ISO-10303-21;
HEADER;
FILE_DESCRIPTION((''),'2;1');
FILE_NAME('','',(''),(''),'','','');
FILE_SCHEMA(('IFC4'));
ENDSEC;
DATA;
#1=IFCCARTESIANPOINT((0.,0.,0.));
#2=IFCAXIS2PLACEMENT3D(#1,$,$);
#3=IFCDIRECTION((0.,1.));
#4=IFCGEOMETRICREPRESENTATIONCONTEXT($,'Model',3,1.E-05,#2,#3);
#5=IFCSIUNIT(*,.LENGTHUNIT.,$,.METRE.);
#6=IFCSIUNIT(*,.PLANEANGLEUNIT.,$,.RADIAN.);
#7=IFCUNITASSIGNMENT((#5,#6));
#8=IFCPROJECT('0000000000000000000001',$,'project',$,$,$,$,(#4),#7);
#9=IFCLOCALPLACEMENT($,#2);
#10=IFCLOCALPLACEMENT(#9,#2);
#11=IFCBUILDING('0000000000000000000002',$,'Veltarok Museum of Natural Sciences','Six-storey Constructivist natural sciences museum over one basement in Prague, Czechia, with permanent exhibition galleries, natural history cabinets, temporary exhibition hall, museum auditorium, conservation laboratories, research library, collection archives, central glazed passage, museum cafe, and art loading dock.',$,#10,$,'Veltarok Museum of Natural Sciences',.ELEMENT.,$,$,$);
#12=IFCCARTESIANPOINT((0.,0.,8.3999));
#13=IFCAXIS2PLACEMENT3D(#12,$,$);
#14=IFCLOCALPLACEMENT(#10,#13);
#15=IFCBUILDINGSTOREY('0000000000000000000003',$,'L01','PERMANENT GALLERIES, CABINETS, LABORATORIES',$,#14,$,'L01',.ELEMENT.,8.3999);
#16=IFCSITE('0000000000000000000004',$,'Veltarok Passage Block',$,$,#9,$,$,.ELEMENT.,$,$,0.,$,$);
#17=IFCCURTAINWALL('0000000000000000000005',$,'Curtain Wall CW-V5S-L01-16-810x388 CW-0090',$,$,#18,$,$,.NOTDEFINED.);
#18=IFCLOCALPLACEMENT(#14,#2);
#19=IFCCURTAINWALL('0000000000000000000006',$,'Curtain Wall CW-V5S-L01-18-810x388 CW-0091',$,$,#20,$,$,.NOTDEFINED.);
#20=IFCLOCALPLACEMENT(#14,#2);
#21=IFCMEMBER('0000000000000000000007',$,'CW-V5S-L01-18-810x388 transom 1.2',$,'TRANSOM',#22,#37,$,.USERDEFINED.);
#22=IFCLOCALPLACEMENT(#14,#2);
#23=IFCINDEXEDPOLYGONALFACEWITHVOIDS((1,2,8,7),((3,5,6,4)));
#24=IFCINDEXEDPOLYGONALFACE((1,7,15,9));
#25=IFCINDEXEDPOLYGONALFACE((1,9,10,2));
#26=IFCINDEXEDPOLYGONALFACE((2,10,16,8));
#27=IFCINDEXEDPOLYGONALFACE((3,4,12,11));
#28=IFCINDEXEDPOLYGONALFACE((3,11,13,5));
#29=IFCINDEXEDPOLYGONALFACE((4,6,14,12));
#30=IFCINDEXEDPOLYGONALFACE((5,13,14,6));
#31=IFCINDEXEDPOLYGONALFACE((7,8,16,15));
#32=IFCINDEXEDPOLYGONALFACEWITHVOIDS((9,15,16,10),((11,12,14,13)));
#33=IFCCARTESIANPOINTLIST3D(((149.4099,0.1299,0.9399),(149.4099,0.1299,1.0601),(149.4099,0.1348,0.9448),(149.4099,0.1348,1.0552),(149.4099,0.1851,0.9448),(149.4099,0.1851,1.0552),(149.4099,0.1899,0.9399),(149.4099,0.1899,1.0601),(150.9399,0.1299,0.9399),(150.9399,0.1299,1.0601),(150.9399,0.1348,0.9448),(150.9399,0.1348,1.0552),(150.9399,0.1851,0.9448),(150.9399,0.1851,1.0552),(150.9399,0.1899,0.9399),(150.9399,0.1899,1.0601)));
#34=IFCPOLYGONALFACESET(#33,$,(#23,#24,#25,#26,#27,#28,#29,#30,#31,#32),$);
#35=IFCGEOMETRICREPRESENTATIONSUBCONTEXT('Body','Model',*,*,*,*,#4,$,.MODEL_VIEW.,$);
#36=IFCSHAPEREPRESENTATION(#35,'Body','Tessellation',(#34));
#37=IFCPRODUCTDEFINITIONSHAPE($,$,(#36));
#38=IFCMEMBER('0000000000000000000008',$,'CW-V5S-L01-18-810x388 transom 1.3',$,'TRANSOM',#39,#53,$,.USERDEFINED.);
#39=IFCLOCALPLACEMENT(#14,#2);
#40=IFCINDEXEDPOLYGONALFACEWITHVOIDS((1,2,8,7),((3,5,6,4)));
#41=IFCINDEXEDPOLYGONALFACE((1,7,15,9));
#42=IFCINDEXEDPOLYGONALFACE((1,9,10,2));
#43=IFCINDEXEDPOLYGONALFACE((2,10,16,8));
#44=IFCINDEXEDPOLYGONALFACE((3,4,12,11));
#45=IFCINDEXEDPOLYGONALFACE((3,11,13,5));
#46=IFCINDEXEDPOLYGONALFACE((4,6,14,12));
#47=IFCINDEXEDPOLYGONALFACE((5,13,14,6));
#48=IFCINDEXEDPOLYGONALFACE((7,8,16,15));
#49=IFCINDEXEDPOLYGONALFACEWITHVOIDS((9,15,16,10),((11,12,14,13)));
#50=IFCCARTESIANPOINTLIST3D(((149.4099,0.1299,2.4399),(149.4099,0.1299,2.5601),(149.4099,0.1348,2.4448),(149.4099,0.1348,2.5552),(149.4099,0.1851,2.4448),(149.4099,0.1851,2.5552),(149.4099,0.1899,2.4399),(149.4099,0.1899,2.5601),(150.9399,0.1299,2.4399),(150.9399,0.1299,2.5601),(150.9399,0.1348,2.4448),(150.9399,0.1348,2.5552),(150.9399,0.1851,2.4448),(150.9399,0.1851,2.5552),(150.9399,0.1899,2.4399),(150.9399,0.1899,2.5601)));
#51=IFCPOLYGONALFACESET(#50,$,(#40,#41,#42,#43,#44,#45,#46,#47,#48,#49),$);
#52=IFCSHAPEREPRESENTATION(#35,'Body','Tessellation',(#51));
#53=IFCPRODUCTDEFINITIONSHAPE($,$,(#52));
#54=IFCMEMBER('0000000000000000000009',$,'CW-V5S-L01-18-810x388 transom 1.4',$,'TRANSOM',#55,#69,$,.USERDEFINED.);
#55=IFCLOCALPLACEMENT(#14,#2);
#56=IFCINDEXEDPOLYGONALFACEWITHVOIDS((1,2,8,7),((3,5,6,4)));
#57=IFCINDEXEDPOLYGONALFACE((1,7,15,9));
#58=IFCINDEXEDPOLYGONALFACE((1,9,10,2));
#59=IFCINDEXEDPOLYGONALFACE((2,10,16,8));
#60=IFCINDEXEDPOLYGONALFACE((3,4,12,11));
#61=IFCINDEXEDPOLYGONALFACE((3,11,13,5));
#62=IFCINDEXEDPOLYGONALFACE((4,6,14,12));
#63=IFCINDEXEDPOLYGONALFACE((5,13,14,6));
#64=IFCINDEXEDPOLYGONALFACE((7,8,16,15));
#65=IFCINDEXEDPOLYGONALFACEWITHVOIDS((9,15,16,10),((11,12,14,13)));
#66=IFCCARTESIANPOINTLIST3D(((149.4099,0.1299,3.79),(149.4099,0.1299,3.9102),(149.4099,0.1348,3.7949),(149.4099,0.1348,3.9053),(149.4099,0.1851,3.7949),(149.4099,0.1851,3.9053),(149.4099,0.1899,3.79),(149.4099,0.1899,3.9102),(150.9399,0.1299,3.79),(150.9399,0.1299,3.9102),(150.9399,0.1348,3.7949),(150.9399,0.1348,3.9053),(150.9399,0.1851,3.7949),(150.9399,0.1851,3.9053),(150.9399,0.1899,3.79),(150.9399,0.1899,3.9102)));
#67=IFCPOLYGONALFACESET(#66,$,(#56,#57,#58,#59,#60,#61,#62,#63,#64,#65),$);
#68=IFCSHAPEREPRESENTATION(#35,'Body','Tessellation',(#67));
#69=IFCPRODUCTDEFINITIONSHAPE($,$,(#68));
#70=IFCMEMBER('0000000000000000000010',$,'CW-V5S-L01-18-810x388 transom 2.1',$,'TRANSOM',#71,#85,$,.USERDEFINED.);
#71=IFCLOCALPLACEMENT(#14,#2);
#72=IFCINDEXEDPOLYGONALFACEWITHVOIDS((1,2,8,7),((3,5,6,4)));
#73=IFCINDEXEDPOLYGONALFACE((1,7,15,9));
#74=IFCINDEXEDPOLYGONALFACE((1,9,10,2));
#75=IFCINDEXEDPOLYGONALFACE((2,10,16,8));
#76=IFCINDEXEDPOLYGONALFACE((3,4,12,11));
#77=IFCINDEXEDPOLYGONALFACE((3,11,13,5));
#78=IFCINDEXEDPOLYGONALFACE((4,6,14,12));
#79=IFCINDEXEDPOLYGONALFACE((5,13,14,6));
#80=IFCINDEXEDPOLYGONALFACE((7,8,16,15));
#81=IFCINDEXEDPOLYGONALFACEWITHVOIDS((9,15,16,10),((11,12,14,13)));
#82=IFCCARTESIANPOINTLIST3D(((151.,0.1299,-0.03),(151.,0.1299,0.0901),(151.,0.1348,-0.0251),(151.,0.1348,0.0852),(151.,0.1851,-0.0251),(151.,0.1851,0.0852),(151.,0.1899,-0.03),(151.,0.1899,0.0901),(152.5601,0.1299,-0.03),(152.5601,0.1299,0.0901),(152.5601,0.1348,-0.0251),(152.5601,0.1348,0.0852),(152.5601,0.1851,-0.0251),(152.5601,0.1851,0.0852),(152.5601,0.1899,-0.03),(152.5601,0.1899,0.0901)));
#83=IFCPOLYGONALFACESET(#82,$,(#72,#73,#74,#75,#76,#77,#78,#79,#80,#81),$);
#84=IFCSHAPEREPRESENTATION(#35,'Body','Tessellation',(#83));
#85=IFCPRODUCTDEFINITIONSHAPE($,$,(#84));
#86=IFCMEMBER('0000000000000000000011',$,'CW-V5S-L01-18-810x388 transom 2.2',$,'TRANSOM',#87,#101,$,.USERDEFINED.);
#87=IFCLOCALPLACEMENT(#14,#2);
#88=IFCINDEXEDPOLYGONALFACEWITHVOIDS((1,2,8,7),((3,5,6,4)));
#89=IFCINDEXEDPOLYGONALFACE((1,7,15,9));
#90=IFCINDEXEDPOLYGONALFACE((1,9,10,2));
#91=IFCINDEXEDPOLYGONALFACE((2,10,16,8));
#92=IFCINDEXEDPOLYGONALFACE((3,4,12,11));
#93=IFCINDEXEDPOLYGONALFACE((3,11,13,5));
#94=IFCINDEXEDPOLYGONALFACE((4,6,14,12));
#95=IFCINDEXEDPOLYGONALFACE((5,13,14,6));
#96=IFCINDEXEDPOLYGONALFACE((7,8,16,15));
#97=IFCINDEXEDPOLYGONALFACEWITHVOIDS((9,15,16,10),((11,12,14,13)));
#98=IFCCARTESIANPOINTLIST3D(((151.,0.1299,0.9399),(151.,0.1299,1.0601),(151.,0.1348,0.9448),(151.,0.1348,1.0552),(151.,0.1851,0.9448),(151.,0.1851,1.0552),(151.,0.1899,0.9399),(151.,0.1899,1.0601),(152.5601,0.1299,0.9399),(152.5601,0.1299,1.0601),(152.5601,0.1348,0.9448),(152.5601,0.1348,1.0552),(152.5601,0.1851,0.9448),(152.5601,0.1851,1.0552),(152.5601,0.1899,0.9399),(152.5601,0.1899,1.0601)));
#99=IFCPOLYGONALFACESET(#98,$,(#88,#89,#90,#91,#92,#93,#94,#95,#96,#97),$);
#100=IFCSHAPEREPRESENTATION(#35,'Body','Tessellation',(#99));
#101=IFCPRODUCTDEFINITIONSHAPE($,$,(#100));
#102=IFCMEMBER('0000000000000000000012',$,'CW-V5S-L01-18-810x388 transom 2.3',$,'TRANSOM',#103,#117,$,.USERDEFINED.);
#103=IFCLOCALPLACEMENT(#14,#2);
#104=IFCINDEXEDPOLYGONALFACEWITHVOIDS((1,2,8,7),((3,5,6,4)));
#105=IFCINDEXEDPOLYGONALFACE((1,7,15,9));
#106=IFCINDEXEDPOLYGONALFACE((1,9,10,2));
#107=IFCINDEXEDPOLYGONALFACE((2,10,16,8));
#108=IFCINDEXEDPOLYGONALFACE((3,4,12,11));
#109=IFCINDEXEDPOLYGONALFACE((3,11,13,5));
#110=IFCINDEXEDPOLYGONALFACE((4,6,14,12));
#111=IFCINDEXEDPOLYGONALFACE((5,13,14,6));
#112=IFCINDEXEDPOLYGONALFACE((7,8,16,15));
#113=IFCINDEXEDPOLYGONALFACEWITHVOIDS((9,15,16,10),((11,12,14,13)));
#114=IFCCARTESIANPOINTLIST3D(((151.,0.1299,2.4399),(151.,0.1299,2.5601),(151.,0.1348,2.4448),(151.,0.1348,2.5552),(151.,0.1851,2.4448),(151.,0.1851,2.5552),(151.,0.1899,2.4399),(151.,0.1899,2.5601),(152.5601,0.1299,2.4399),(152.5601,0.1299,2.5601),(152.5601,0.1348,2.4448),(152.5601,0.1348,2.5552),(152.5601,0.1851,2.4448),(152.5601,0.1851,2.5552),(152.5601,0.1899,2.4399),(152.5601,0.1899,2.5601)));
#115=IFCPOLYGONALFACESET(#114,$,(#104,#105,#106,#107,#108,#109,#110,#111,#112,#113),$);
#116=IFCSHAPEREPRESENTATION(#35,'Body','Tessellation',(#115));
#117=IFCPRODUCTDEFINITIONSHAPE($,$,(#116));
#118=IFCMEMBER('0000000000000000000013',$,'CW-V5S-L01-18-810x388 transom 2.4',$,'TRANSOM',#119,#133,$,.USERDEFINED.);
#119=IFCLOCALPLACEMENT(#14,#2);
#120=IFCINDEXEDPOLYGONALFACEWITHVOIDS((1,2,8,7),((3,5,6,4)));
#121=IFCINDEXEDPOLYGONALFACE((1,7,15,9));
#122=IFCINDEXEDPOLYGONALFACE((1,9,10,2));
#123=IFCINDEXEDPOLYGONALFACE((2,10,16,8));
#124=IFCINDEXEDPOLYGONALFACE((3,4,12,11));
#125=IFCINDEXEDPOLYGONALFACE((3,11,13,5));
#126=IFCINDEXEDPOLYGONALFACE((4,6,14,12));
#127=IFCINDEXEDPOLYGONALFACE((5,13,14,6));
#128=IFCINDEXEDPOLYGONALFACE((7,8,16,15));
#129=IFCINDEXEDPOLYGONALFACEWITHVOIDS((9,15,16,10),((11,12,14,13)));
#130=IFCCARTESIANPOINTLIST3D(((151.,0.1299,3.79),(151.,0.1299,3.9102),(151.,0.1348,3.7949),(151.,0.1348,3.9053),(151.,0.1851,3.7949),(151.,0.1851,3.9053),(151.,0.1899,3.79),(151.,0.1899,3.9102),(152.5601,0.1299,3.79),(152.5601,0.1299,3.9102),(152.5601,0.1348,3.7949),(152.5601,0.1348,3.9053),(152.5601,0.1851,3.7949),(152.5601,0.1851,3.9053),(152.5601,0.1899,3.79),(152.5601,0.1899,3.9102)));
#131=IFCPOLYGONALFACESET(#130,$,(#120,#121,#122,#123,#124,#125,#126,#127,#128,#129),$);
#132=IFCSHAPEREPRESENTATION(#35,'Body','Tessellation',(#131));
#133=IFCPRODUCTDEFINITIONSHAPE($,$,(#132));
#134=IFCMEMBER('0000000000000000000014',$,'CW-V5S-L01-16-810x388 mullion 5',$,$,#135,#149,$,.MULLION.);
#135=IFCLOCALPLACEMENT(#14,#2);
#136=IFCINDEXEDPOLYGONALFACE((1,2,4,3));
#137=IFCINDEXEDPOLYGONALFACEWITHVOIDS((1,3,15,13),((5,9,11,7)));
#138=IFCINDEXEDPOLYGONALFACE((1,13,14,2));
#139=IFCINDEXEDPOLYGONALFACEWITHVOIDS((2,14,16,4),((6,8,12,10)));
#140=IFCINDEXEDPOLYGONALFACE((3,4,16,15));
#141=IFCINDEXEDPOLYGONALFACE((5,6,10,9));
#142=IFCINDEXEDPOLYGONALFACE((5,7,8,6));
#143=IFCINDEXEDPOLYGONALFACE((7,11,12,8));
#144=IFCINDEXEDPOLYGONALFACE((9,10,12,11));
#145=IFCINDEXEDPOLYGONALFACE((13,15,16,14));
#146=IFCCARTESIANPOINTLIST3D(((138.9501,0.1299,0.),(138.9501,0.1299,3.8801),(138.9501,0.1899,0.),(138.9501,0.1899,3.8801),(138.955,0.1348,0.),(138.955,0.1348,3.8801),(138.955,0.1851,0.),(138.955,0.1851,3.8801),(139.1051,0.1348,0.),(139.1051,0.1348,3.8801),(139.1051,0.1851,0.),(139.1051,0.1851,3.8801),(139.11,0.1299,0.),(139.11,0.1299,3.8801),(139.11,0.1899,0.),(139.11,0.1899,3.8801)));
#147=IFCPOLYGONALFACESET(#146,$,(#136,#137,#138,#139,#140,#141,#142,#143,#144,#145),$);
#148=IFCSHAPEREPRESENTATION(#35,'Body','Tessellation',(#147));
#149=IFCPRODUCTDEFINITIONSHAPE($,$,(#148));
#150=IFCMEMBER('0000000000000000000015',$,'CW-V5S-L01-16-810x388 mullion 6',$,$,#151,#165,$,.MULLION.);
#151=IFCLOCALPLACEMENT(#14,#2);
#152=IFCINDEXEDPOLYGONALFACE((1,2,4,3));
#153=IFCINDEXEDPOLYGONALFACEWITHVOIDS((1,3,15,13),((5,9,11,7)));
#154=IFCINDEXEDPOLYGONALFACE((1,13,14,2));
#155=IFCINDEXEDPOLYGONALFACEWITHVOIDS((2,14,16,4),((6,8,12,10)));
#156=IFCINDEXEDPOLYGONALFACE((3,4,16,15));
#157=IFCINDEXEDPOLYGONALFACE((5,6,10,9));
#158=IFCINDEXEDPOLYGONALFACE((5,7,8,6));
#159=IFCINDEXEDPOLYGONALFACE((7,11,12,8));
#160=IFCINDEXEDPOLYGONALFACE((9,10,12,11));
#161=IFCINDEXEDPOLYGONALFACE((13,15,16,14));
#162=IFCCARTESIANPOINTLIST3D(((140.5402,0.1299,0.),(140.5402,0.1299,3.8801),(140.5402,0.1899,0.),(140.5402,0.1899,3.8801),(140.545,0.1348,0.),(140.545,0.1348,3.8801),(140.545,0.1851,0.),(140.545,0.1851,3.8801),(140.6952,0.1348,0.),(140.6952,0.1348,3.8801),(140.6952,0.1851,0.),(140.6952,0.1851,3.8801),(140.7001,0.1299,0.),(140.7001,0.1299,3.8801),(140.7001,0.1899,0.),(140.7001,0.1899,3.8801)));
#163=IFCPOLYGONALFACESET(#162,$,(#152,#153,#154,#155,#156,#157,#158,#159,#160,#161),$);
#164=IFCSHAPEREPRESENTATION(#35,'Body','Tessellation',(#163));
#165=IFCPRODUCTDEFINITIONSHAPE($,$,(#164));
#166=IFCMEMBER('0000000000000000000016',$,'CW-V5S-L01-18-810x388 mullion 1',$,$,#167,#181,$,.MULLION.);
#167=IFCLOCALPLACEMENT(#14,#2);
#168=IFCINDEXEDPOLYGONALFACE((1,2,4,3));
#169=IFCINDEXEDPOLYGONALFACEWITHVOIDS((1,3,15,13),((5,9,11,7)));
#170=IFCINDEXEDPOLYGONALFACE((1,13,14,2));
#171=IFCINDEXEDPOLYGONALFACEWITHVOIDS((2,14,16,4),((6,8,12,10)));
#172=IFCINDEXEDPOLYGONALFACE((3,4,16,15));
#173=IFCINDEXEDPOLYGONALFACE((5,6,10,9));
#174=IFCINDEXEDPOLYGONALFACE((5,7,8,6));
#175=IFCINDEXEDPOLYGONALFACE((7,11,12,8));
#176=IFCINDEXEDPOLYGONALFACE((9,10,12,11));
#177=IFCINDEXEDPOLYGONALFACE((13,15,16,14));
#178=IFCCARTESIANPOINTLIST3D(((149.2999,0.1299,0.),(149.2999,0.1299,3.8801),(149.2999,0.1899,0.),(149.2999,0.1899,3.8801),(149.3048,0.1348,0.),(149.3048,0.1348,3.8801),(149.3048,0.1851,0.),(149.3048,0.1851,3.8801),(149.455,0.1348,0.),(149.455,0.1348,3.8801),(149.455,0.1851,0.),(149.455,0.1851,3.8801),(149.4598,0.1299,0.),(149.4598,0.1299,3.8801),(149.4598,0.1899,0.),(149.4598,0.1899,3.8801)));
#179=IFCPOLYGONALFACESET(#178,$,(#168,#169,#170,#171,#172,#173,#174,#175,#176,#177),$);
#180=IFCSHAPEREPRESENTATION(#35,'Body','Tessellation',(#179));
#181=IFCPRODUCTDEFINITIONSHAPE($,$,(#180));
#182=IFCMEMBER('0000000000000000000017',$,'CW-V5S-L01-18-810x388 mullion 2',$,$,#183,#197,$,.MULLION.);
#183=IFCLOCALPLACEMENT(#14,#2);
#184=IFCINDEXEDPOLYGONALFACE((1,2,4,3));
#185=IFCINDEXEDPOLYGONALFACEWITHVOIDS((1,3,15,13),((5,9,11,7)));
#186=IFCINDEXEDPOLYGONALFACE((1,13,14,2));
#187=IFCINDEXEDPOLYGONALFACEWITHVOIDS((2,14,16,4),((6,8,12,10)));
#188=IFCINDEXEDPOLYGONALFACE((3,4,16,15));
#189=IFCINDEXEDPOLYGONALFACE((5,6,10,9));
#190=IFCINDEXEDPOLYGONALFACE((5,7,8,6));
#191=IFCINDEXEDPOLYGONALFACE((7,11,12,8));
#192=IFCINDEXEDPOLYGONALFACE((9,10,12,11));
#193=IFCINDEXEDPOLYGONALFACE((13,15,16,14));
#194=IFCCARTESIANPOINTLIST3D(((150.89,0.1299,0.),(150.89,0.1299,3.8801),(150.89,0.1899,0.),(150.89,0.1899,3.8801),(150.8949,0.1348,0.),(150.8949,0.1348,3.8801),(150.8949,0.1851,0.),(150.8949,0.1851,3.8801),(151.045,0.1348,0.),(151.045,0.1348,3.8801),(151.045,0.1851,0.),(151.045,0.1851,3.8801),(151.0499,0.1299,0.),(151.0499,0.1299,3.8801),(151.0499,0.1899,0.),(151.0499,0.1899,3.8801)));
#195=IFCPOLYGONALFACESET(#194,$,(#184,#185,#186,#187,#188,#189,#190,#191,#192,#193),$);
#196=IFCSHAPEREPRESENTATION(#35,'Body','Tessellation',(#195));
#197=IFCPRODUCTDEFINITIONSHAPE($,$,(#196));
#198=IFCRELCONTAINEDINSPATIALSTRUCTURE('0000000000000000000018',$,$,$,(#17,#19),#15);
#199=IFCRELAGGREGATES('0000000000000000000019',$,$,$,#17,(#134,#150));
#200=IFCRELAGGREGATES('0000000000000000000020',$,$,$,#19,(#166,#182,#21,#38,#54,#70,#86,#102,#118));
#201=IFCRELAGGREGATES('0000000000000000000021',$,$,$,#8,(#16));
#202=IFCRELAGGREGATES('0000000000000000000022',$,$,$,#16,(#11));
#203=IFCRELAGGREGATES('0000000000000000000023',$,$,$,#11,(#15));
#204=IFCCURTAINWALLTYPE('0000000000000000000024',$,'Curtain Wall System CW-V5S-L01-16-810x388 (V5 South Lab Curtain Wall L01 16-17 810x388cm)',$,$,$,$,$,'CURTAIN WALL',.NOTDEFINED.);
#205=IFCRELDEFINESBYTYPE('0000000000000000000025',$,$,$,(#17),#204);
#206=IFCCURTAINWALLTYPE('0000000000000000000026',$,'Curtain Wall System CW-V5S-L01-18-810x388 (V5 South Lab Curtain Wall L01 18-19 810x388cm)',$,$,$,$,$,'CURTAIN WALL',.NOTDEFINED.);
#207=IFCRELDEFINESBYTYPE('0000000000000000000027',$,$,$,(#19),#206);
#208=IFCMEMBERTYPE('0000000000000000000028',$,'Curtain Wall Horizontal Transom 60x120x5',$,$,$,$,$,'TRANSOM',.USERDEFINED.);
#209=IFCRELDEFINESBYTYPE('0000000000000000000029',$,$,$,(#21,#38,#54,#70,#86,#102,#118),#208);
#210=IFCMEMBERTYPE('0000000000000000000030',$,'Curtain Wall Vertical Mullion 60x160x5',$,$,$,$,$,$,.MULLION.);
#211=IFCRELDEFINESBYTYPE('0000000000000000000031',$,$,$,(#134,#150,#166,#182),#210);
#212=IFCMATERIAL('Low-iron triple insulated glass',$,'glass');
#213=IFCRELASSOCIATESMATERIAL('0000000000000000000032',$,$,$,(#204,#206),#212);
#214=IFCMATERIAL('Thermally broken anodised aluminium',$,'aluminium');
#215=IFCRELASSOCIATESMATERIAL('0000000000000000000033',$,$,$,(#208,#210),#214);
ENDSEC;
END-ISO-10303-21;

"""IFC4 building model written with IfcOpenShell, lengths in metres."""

from ifc_helpers import new_model, si_unit, direction, frame, origin, origin_2d, place, context, subcontext, project, spatial, hollow_rectangle, extrude, material, material_profile, profile_set, type_object, element, aggregate, save


model = new_model("IFC4")

# Units and contexts
model_context = context("Model", 3, precision=1e-05, world=origin(), true_north=direction((0.0, 1.0)))
body_context = subcontext(model_context, "Body", "Model", "MODEL_VIEW")
ifc_project = project(units=[si_unit("LENGTHUNIT", "METRE"), si_unit("PLANEANGLEUNIT", "RADIAN")], contexts=[model_context])

# Site, building, storey
site_placement = place(None, origin())
site = spatial("IfcSite", under=ifc_project, at=site_placement, Name="Veltarok Passage Block", CompositionType="ELEMENT", RefElevation=0.0)
building_placement = place(site_placement, origin())
building = spatial("IfcBuilding", under=site, at=building_placement, Name="Veltarok Museum of Natural Sciences", Description="Six-storey Constructivist natural sciences museum over one basement in Prague, Czechia, with permanent exhibition galleries, natural history cabinets, temporary exhibition hall, museum auditorium, conservation laboratories, research library, collection archives, central glazed passage, museum cafe, and art loading dock.", LongName="Veltarok Museum of Natural Sciences", CompositionType="ELEMENT")
storey_placement = place(building_placement, frame((0.0, 0.0, 8.3999)))
storey = spatial("IfcBuildingStorey", under=building, at=storey_placement, Name="L01", Description="PERMANENT GALLERIES, CABINETS, LABORATORIES", LongName="L01", CompositionType="ELEMENT", Elevation=8.3999)

# Curtain walls, members
ifc_material_1 = material(Name="Low-iron triple insulated glass", Category="glass")
curtain_wall_type_1 = type_object("IfcCurtainWallType", Name="Curtain Wall System CW-V5S-L01-16-810x388 (V5 South Lab Curtain Wall L01 16-17 810x388cm)", ElementType="CURTAIN WALL", PredefinedType="NOTDEFINED", material=ifc_material_1)
curtain_wall_1_placement = place(storey_placement, origin())
curtain_wall_1 = element("IfcCurtainWall", 1, at=curtain_wall_1_placement, inside=storey, type_object=curtain_wall_type_1, Name="Curtain Wall CW-V5S-L01-16-810x388 CW-0090", PredefinedType="NOTDEFINED")
ifc_material_2 = material(Name="Thermally broken anodised aluminium", Category="aluminium")
ifc_material_profile_1 = material_profile(ifc_material_2, hollow_rectangle(XDim=0.0601, YDim=0.1201, WallThickness=0.0049, at=origin_2d()), Name="CW TRANSOM 60x120x5")
ifc_profile_set_1 = profile_set([ifc_material_profile_1], Name="Thermally broken anodised aluminium")
member_type_1 = type_object("IfcMemberType", Name="Curtain Wall Horizontal Transom 60x120x5", ElementType="TRANSOM", PredefinedType="USERDEFINED", material=ifc_profile_set_1)
curtain_wall_type_2 = type_object("IfcCurtainWallType", Name="Curtain Wall System CW-V5S-L01-18-810x388 (V5 South Lab Curtain Wall L01 18-19 810x388cm)", ElementType="CURTAIN WALL", PredefinedType="NOTDEFINED", material=ifc_material_1)
curtain_wall_2_placement = place(storey_placement, origin())
curtain_wall_2 = element("IfcCurtainWall", 2, at=curtain_wall_2_placement, inside=storey, type_object=curtain_wall_type_2, Name="Curtain Wall CW-V5S-L01-18-810x388 CW-0091", PredefinedType="NOTDEFINED")
member_1_placement = place(storey_placement, frame((149.4099, 0.1599, 1.0), z_axis=(1.0, 0.0, 0.0), x_axis=(0.0, 1.0, 0.0)))
member_1 = element("IfcMember", 3, at=member_1_placement, type_object=member_type_1, Name="CW-V5S-L01-18-810x388 transom 1.2", ObjectType="TRANSOM", PredefinedType="USERDEFINED", context=body_context, shape_type="SweptSolid", body=[
    extrude(hollow_rectangle(XDim=0.0601, YDim=0.1201, WallThickness=0.0049, at=origin_2d()), origin(), (0.0, 0.0, 1.0), 1.53),
])
member_2_placement = place(storey_placement, frame((149.4099, 0.1599, 2.5), z_axis=(1.0, 0.0, 0.0), x_axis=(0.0, 1.0, 0.0)))
member_2 = element("IfcMember", 4, at=member_2_placement, type_object=member_type_1, Name="CW-V5S-L01-18-810x388 transom 1.3", ObjectType="TRANSOM", PredefinedType="USERDEFINED", context=body_context, shape_type="SweptSolid", body=[
    extrude(hollow_rectangle(XDim=0.0601, YDim=0.1201, WallThickness=0.0049, at=origin_2d()), origin(), (0.0, 0.0, 1.0), 1.53),
])
member_3_placement = place(storey_placement, frame((149.4099, 0.1599, 3.8501), z_axis=(1.0, 0.0, 0.0), x_axis=(0.0, 1.0, 0.0)))
member_3 = element("IfcMember", 5, at=member_3_placement, type_object=member_type_1, Name="CW-V5S-L01-18-810x388 transom 1.4", ObjectType="TRANSOM", PredefinedType="USERDEFINED", context=body_context, shape_type="SweptSolid", body=[
    extrude(hollow_rectangle(XDim=0.0601, YDim=0.1201, WallThickness=0.0049, at=origin_2d()), origin(), (0.0, 0.0, 1.0), 1.53),
])
member_4_placement = place(storey_placement, frame((151.0, 0.1599, 0.03), z_axis=(1.0, 0.0, 0.0), x_axis=(0.0, 1.0, 0.0)))
member_4 = element("IfcMember", 6, at=member_4_placement, type_object=member_type_1, Name="CW-V5S-L01-18-810x388 transom 2.1", ObjectType="TRANSOM", PredefinedType="USERDEFINED", context=body_context, shape_type="SweptSolid", body=[
    extrude(hollow_rectangle(XDim=0.0601, YDim=0.1201, WallThickness=0.0049, at=origin_2d()), origin(), (0.0, 0.0, 1.0), 1.5601),
])
member_5_placement = place(storey_placement, frame((151.0, 0.1599, 1.0), z_axis=(1.0, 0.0, 0.0), x_axis=(0.0, 1.0, 0.0)))
member_5 = element("IfcMember", 7, at=member_5_placement, type_object=member_type_1, Name="CW-V5S-L01-18-810x388 transom 2.2", ObjectType="TRANSOM", PredefinedType="USERDEFINED", context=body_context, shape_type="SweptSolid", body=[
    extrude(hollow_rectangle(XDim=0.0601, YDim=0.1201, WallThickness=0.0049, at=origin_2d()), origin(), (0.0, 0.0, 1.0), 1.5601),
])
member_6_placement = place(storey_placement, frame((151.0, 0.1599, 2.5), z_axis=(1.0, 0.0, 0.0), x_axis=(0.0, 1.0, 0.0)))
member_6 = element("IfcMember", 8, at=member_6_placement, type_object=member_type_1, Name="CW-V5S-L01-18-810x388 transom 2.3", ObjectType="TRANSOM", PredefinedType="USERDEFINED", context=body_context, shape_type="SweptSolid", body=[
    extrude(hollow_rectangle(XDim=0.0601, YDim=0.1201, WallThickness=0.0049, at=origin_2d()), origin(), (0.0, 0.0, 1.0), 1.5601),
])
member_7_placement = place(storey_placement, frame((151.0, 0.1599, 3.8501), z_axis=(1.0, 0.0, 0.0), x_axis=(0.0, 1.0, 0.0)))
member_7 = element("IfcMember", 9, at=member_7_placement, type_object=member_type_1, Name="CW-V5S-L01-18-810x388 transom 2.4", ObjectType="TRANSOM", PredefinedType="USERDEFINED", context=body_context, shape_type="SweptSolid", body=[
    extrude(hollow_rectangle(XDim=0.0601, YDim=0.1201, WallThickness=0.0049, at=origin_2d()), origin(), (0.0, 0.0, 1.0), 1.5601),
])

# Members
ifc_material_profile_2 = material_profile(ifc_material_2, hollow_rectangle(XDim=0.0601, YDim=0.1599, WallThickness=0.0049, at=origin_2d()), Name="CW MULLION 60x160x5")
ifc_profile_set_2 = profile_set([ifc_material_profile_2], Name="Thermally broken anodised aluminium")
member_type_2 = type_object("IfcMemberType", Name="Curtain Wall Vertical Mullion 60x160x5", PredefinedType="MULLION", material=ifc_profile_set_2)
member_8_placement = place(storey_placement, frame((139.03, 0.1599, 0.0), z_axis=(0.0, 0.0, 1.0), x_axis=(0.0, 1.0, 0.0)))
member_8 = element("IfcMember", 10, at=member_8_placement, type_object=member_type_2, Name="CW-V5S-L01-16-810x388 mullion 5", PredefinedType="MULLION", context=body_context, shape_type="SweptSolid", body=[
    extrude(hollow_rectangle(XDim=0.0601, YDim=0.1599, WallThickness=0.0049, at=origin_2d()), origin(), (0.0, 0.0, 1.0), 3.8801),
])
member_9_placement = place(storey_placement, frame((140.6201, 0.1599, 0.0), z_axis=(0.0, 0.0, 1.0), x_axis=(0.0, 1.0, 0.0)))
member_9 = element("IfcMember", 11, at=member_9_placement, type_object=member_type_2, Name="CW-V5S-L01-16-810x388 mullion 6", PredefinedType="MULLION", context=body_context, shape_type="SweptSolid", body=[
    extrude(hollow_rectangle(XDim=0.0601, YDim=0.1599, WallThickness=0.0049, at=origin_2d()), origin(), (0.0, 0.0, 1.0), 3.8801),
])
member_10_placement = place(storey_placement, frame((149.3799, 0.1599, 0.0), z_axis=(0.0, 0.0, 1.0), x_axis=(0.0, 1.0, 0.0)))
member_10 = element("IfcMember", 12, at=member_10_placement, type_object=member_type_2, Name="CW-V5S-L01-18-810x388 mullion 1", PredefinedType="MULLION", context=body_context, shape_type="SweptSolid", body=[
    extrude(hollow_rectangle(XDim=0.0601, YDim=0.1599, WallThickness=0.0049, at=origin_2d()), origin(), (0.0, 0.0, 1.0), 3.8801),
])
member_11_placement = place(storey_placement, frame((150.97, 0.1599, 0.0), z_axis=(0.0, 0.0, 1.0), x_axis=(0.0, 1.0, 0.0)))
member_11 = element("IfcMember", 13, at=member_11_placement, type_object=member_type_2, Name="CW-V5S-L01-18-810x388 mullion 2", PredefinedType="MULLION", context=body_context, shape_type="SweptSolid", body=[
    extrude(hollow_rectangle(XDim=0.0601, YDim=0.1599, WallThickness=0.0049, at=origin_2d()), origin(), (0.0, 0.0, 1.0), 3.8801),
])

aggregate(curtain_wall_1, [member_8, member_9])
aggregate(curtain_wall_2, [member_10, member_11, member_1, member_2, member_3, member_4, member_5, member_6, member_7])

save(model, "model.ifc")
